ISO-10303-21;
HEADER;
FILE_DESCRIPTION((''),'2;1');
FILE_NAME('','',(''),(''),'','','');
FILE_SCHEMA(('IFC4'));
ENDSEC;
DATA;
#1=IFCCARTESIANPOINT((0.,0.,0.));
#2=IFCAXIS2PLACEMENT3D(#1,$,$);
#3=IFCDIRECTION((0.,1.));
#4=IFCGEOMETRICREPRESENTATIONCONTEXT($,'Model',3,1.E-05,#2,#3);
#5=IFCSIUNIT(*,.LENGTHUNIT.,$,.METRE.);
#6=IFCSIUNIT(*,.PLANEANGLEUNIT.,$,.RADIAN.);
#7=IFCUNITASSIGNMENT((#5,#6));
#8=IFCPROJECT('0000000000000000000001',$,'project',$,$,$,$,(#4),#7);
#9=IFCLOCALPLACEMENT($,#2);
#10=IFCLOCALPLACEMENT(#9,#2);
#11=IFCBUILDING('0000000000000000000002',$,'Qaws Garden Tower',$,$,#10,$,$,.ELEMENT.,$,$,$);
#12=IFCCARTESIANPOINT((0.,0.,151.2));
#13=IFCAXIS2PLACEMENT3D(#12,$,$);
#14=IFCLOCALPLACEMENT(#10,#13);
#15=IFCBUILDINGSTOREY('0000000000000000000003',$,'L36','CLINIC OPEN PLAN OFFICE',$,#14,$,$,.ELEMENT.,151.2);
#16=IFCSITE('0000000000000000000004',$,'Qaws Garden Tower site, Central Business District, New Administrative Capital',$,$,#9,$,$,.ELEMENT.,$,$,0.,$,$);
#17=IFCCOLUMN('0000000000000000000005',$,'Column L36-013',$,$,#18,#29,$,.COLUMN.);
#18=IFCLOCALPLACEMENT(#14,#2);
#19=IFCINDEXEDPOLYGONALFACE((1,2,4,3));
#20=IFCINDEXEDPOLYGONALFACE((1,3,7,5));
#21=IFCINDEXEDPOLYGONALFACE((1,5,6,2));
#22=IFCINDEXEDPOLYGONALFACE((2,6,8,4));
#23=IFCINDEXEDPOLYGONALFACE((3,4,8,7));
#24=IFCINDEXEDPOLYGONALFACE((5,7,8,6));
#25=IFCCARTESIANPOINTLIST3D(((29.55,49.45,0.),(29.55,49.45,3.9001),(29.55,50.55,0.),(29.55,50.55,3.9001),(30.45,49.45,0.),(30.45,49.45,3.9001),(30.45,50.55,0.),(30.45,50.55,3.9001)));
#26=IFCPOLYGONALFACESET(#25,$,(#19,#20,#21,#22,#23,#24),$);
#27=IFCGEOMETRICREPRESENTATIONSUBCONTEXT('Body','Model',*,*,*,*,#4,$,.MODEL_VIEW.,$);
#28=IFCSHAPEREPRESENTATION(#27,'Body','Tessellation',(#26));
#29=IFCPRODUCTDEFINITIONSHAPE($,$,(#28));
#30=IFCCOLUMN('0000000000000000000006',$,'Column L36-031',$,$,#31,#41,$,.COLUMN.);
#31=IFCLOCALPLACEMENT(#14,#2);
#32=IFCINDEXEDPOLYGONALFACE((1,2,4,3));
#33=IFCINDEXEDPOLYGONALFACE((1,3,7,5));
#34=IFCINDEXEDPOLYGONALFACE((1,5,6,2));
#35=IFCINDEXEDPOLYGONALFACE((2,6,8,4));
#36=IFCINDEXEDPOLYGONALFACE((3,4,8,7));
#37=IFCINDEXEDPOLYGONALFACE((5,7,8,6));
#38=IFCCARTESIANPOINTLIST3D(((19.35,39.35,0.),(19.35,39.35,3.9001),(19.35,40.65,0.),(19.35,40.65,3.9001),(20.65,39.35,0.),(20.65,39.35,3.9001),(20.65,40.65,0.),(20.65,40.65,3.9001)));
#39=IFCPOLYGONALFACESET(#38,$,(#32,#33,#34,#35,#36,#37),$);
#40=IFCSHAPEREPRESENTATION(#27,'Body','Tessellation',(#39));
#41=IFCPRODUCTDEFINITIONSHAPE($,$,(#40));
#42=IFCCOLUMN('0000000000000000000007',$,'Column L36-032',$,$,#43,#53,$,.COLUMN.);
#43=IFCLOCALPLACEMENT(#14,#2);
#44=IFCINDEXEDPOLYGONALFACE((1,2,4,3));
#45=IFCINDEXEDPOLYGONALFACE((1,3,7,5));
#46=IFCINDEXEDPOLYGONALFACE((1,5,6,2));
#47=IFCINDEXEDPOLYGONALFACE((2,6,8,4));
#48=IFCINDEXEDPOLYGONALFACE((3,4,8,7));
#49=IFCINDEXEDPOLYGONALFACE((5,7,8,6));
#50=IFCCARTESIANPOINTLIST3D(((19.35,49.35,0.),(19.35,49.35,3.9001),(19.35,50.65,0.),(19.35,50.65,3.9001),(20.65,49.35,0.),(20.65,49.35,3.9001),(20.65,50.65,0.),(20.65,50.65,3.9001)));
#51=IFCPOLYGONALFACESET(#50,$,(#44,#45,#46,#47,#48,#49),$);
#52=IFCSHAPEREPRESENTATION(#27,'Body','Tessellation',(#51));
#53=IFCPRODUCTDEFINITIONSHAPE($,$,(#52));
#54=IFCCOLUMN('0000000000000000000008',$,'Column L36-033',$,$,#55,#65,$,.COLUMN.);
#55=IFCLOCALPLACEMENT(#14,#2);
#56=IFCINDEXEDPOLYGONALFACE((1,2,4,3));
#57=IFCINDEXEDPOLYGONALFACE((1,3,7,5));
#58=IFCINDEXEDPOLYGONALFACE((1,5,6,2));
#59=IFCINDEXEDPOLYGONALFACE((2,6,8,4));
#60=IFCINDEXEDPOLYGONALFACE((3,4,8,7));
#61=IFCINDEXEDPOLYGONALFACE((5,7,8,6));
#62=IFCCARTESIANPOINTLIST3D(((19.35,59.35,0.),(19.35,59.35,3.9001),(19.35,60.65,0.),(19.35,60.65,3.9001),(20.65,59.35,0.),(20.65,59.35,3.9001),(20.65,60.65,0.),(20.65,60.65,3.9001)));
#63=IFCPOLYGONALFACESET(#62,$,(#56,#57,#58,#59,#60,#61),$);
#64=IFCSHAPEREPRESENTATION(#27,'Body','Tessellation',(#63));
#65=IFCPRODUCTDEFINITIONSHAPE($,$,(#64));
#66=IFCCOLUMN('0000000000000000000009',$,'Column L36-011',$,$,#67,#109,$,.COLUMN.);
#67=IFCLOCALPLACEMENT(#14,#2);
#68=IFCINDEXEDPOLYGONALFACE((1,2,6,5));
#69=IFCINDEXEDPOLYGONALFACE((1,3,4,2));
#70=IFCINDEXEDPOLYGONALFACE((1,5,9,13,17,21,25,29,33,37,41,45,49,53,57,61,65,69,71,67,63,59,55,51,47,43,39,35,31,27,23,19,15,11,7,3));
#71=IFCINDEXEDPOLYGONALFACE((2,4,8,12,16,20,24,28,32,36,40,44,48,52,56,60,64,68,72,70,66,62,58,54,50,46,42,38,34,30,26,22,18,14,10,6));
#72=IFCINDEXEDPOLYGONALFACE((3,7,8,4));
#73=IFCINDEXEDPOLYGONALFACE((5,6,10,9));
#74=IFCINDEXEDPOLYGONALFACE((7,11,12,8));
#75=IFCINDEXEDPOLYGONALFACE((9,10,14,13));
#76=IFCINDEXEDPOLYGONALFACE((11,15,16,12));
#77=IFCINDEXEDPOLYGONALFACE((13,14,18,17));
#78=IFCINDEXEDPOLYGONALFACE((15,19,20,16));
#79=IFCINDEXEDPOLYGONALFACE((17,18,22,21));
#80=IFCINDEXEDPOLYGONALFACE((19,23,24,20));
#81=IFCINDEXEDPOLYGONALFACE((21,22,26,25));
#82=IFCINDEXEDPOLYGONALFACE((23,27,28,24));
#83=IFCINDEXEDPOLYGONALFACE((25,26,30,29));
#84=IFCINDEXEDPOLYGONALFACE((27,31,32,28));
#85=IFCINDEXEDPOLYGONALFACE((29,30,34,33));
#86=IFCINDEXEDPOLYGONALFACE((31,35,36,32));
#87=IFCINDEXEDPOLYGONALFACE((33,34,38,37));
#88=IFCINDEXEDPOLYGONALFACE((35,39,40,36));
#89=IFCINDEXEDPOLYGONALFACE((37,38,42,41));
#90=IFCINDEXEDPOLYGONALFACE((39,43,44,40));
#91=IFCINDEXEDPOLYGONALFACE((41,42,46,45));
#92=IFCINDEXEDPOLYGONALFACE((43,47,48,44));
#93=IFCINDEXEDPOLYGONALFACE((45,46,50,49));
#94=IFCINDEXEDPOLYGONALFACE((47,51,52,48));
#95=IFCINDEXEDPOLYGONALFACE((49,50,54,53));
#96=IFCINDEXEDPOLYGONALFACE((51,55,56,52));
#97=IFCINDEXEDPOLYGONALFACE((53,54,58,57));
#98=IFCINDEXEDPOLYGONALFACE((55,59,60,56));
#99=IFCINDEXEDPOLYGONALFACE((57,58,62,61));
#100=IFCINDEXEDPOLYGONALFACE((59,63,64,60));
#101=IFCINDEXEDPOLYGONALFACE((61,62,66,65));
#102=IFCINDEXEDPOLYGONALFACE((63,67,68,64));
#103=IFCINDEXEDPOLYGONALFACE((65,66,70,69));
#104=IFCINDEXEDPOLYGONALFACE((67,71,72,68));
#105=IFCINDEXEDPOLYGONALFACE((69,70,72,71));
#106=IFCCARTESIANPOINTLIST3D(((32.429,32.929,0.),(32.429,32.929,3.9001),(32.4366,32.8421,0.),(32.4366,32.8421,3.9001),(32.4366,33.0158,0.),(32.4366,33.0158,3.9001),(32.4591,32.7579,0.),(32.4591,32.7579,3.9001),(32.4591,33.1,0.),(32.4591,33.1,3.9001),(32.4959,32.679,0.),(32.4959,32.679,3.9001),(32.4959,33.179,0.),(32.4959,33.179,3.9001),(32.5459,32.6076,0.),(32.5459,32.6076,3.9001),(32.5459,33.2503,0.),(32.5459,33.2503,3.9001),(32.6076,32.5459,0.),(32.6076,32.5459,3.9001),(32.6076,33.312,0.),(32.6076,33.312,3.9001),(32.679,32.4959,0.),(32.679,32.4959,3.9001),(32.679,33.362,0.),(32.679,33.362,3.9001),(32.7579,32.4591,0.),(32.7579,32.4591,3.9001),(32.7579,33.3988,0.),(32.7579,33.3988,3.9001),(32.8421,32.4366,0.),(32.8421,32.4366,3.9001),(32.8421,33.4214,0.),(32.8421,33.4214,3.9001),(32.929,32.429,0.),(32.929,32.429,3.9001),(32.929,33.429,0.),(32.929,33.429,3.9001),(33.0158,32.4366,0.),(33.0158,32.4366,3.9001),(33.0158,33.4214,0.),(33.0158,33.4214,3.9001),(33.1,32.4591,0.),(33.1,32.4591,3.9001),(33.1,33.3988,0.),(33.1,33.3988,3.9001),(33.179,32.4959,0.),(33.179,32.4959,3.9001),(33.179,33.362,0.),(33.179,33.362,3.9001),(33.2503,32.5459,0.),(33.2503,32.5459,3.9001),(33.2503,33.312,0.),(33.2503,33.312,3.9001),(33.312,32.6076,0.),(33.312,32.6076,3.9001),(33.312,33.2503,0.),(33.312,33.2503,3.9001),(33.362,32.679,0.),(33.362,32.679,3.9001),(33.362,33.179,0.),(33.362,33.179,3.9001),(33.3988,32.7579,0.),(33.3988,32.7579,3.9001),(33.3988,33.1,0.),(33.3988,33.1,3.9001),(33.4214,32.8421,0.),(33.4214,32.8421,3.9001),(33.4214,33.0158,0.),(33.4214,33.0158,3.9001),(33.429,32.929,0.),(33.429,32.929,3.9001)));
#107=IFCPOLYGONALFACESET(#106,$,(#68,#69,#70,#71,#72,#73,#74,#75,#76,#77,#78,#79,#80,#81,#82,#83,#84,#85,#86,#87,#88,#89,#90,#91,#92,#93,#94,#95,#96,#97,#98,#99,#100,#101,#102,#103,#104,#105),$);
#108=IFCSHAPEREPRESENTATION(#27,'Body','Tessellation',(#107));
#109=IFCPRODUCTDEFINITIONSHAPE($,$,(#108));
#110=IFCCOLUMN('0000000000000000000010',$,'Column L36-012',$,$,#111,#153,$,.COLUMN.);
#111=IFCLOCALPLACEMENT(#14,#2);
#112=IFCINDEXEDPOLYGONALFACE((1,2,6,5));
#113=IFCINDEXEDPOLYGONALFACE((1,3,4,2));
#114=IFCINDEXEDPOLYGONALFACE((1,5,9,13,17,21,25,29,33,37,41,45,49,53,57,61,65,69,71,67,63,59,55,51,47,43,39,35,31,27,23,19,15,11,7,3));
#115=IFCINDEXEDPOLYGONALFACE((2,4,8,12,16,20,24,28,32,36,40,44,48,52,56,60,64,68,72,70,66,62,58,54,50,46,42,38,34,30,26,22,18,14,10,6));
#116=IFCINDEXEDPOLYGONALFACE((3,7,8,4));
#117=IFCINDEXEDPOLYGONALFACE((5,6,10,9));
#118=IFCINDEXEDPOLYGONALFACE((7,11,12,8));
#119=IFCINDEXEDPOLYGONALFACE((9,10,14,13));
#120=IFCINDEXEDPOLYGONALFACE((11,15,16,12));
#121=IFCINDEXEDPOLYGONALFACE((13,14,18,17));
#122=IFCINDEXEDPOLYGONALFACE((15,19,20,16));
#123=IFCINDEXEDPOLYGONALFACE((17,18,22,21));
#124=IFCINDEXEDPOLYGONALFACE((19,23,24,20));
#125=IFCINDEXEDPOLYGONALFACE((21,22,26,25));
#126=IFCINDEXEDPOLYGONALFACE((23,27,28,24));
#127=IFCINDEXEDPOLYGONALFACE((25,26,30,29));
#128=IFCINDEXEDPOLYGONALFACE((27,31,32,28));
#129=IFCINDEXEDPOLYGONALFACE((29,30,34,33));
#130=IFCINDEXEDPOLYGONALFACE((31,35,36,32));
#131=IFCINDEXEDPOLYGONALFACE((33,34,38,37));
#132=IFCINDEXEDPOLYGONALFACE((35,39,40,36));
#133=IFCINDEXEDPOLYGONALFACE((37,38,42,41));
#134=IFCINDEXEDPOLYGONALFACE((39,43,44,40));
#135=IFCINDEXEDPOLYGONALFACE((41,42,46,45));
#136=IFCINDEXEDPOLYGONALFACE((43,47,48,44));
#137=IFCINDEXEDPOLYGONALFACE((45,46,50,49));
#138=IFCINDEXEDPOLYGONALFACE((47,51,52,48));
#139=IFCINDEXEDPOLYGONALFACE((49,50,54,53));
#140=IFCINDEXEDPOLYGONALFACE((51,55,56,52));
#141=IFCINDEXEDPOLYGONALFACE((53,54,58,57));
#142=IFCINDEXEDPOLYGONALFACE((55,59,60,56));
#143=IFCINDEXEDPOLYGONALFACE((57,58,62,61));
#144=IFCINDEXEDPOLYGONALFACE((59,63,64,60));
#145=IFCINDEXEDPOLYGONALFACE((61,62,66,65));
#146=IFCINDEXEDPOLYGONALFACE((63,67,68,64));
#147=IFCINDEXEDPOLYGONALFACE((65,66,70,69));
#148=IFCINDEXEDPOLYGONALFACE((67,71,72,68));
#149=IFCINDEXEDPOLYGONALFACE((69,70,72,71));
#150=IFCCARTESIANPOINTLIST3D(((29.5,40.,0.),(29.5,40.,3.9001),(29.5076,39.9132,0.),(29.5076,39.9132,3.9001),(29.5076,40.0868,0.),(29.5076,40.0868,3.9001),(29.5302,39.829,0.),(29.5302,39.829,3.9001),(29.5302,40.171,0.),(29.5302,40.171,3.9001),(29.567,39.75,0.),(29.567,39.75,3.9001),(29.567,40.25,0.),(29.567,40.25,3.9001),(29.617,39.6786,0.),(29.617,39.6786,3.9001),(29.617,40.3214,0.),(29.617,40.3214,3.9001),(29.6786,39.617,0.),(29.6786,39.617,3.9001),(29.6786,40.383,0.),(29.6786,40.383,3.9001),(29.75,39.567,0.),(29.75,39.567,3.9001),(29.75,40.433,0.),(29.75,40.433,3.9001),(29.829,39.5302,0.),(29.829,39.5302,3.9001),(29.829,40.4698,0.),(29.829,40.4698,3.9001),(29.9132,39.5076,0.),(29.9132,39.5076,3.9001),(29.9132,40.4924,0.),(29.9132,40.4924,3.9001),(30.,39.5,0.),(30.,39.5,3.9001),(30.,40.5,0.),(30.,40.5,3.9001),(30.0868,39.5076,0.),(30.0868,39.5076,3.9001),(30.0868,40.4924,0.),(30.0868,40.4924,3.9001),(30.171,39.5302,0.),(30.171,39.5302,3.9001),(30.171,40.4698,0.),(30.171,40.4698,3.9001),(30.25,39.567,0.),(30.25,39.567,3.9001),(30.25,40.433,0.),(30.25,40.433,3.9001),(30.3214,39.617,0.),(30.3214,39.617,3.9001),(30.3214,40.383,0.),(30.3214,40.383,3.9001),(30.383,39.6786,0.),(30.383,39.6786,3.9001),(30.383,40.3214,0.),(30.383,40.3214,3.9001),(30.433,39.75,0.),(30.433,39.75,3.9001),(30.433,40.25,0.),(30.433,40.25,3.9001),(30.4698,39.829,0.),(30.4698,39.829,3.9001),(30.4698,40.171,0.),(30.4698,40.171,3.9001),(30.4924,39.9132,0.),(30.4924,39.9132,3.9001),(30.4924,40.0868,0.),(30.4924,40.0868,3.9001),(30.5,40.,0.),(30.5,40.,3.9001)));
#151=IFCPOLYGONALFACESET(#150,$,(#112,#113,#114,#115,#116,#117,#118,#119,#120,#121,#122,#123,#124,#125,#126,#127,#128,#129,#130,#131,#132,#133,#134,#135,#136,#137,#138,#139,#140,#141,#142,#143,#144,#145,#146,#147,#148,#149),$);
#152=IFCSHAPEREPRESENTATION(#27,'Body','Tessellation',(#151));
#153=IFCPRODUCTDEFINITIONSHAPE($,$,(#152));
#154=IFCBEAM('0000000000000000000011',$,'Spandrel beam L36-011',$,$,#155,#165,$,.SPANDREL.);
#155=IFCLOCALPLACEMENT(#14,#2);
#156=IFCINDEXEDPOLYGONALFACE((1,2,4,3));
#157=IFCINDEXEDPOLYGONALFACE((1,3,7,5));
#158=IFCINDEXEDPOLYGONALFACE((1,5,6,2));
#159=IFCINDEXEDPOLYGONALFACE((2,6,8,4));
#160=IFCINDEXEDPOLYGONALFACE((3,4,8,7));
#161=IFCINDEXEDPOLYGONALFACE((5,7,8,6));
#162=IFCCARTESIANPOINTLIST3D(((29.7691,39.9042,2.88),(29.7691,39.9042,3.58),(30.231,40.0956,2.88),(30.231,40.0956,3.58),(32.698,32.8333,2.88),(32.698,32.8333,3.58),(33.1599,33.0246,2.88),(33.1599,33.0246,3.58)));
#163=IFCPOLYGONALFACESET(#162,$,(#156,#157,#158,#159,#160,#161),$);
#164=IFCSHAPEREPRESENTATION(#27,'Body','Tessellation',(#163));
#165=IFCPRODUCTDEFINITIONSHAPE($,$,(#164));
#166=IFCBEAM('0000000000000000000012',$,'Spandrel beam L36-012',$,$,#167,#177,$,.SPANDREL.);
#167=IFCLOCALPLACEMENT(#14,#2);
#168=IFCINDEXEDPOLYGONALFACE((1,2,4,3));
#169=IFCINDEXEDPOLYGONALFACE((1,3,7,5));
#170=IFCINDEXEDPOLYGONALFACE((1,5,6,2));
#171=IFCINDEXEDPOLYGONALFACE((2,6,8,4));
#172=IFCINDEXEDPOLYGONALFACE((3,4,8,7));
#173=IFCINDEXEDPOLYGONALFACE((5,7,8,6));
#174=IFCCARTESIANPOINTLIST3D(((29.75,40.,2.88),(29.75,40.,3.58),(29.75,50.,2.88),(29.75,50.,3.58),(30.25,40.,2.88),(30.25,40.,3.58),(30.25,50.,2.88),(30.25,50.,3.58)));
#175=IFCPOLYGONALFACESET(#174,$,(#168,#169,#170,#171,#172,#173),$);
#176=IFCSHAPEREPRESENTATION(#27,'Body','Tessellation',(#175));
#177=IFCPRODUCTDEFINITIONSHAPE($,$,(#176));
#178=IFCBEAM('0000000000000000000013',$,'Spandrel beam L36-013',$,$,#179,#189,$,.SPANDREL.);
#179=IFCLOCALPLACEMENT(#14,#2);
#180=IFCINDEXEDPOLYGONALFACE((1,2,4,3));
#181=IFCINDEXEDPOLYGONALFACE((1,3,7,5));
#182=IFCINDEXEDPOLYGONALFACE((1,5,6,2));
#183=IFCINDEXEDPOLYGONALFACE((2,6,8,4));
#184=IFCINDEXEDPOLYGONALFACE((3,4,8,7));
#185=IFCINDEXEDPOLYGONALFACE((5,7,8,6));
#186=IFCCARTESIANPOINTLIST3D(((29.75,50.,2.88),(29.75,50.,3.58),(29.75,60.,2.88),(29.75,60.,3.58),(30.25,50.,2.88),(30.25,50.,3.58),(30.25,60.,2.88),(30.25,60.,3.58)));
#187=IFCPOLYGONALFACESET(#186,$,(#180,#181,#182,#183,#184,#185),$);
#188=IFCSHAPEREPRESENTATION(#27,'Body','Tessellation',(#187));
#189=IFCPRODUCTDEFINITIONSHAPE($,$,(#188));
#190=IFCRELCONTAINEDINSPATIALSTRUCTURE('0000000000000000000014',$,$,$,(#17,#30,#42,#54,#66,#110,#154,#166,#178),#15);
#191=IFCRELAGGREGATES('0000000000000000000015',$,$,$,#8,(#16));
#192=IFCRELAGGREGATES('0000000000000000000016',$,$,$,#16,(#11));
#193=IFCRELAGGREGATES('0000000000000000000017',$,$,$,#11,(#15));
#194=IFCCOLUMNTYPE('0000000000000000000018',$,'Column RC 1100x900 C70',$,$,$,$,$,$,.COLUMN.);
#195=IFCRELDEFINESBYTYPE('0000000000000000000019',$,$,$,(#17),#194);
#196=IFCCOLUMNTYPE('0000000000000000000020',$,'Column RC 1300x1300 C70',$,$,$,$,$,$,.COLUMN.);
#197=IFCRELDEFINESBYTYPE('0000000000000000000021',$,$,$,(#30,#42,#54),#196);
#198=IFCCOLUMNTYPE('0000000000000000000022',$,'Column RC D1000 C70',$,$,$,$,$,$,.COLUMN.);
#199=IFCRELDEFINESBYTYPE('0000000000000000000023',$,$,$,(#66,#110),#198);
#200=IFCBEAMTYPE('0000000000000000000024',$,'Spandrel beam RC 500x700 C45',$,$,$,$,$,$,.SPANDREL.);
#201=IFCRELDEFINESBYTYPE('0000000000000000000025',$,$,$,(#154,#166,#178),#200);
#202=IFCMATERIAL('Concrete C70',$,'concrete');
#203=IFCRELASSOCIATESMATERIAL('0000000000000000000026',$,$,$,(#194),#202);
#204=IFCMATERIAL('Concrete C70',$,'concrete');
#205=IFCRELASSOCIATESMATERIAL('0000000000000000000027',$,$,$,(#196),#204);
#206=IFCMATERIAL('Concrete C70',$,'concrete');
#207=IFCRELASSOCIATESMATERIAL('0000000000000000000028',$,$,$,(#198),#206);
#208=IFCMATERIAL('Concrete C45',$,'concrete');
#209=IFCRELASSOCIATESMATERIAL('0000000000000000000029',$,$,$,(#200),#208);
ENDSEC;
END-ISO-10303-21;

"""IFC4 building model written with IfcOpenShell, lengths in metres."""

from ifc_helpers import new_model, si_unit, direction, frame, origin, origin_2d, place, context, subcontext, project, spatial, rectangle, circle, extrude, material, material_profile, profile_set, type_object, element, save


model = new_model("IFC4")

# Units and contexts
model_context = context("Model", 3, precision=1e-05, world=origin(), true_north=direction((0.0, 1.0)))
body_context = subcontext(model_context, "Body", "Model", "MODEL_VIEW")
ifc_project = project(units=[si_unit("LENGTHUNIT", "METRE"), si_unit("PLANEANGLEUNIT", "RADIAN")], contexts=[model_context])

# Site, building, storey
site_placement = place(None, origin())
site = spatial("IfcSite", under=ifc_project, at=site_placement, Name="Qaws Garden Tower site, Central Business District, New Administrative Capital", CompositionType="ELEMENT", RefElevation=0.0)
building_placement = place(site_placement, origin())
building = spatial("IfcBuilding", under=site, at=building_placement, Name="Qaws Garden Tower", CompositionType="ELEMENT")
storey_placement = place(building_placement, frame((0.0, 0.0, 151.2)))
storey = spatial("IfcBuildingStorey", under=building, at=storey_placement, Name="L36", Description="CLINIC OPEN PLAN OFFICE", CompositionType="ELEMENT", Elevation=151.2)

# Columns
ifc_material_1 = material(Name="Concrete C70", Category="concrete")
ifc_material_profile_1 = material_profile(ifc_material_1, rectangle(XDim=1.1001, YDim=0.8999, at=origin_2d()), Name="RC 1100x900")
ifc_profile_set_1 = profile_set([ifc_material_profile_1], Name="Concrete C70")
column_type_1 = type_object("IfcColumnType", Name="Column RC 1100x900 C70", PredefinedType="COLUMN", material=ifc_profile_set_1)
column_placement = place(storey_placement, frame((30.0, 50.0, 0.0), z_axis=(0.0, 0.0, 1.0), x_axis=(0.0, 1.0, 0.0)))
element("IfcColumn", 1, at=column_placement, inside=storey, type_object=column_type_1, Name="Column L36-013", PredefinedType="COLUMN", context=body_context, shape_type="SweptSolid", body=[
    extrude(rectangle(XDim=1.1001, YDim=0.8999, at=origin_2d()), origin(), (0.0, 0.0, 1.0), 3.9001),
])
ifc_material_2 = material(Name="Concrete C70", Category="concrete")
ifc_material_profile_2 = material_profile(ifc_material_2, rectangle(XDim=1.3, YDim=1.3, at=origin_2d()), Name="RC 1300x1300")
ifc_profile_set_2 = profile_set([ifc_material_profile_2], Name="Concrete C70")
column_type_2 = type_object("IfcColumnType", Name="Column RC 1300x1300 C70", PredefinedType="COLUMN", material=ifc_profile_set_2)
for number, where, z_axis, x_axis, name in (
    (2, (20.0, 40.0, 0.0), (0.0, 0.0, 1.0), (1.0, 0.0, 0.0), "Column L36-031"),
    (3, (20.0, 50.0, 0.0), (0.0, 0.0, 1.0), (1.0, 0.0, 0.0), "Column L36-032"),
    (4, (20.0, 60.0, 0.0), (0.0, 0.0, 1.0), (1.0, 0.0, 0.0), "Column L36-033"),
):
    element("IfcColumn", number, at=place(storey_placement, frame(where, z_axis=z_axis, x_axis=x_axis)), inside=storey, type_object=column_type_2, Name=name, PredefinedType="COLUMN", context=body_context, shape_type="SweptSolid", body=[
        extrude(rectangle(XDim=1.3, YDim=1.3, at=origin_2d()), origin(), (0.0, 0.0, 1.0), 3.9001),
    ])
ifc_material_3 = material(Name="Concrete C70", Category="concrete")
ifc_material_profile_3 = material_profile(ifc_material_3, circle(Radius=0.5, at=origin_2d()), Name="RC D1000")
ifc_profile_set_3 = profile_set([ifc_material_profile_3], Name="Concrete C70")
column_type_3 = type_object("IfcColumnType", Name="Column RC D1000 C70", PredefinedType="COLUMN", material=ifc_profile_set_3)
for number, where, z_axis, x_axis, name in (
    (5, (32.929, 32.929, 0.0), (0.0, 0.0, 1.0), (1.0, 0.0, 0.0), "Column L36-011"),
    (6, (30.0, 40.0, 0.0), (0.0, 0.0, 1.0), (1.0, 0.0, 0.0), "Column L36-012"),
):
    element("IfcColumn", number, at=place(storey_placement, frame(where, z_axis=z_axis, x_axis=x_axis)), inside=storey, type_object=column_type_3, Name=name, PredefinedType="COLUMN", context=body_context, shape_type="SweptSolid", body=[
        extrude(circle(Radius=0.5, at=origin_2d()), origin(), (0.0, 0.0, 1.0), 3.9001),
    ])

# Beams
ifc_material_4 = material(Name="Concrete C45", Category="concrete")
ifc_material_profile_4 = material_profile(ifc_material_4, rectangle(XDim=0.5, YDim=0.7, at=origin_2d()), Name="RC 500x700")
ifc_profile_set_4 = profile_set([ifc_material_profile_4], Name="Concrete C45")
beam_type = type_object("IfcBeamType", Name="Spandrel beam RC 500x700 C45", PredefinedType="SPANDREL", material=ifc_profile_set_4)
beam_placement = place(storey_placement, frame((32.929, 32.929, 3.23), z_axis=(-0.382687, 0.923878, 0.0), x_axis=(-0.923878, -0.382687, 0.0)))
element("IfcBeam", 7, at=beam_placement, inside=storey, type_object=beam_type, Name="Spandrel beam L36-011", PredefinedType="SPANDREL", context=body_context, shape_type="SweptSolid", body=[
    extrude(rectangle(XDim=0.5, YDim=0.7, at=origin_2d()), origin(), (0.0, 0.0, 1.0), 7.6536),
])
for number, where, z_axis, x_axis, name in (
    (8, (30.0, 40.0, 3.23), (0.0, 1.0, 0.0), (-1.0, 0.0, 0.0), "Spandrel beam L36-012"),
    (9, (30.0, 50.0, 3.23), (0.0, 1.0, 0.0), (-1.0, 0.0, 0.0), "Spandrel beam L36-013"),
):
    element("IfcBeam", number, at=place(storey_placement, frame(where, z_axis=z_axis, x_axis=x_axis)), inside=storey, type_object=beam_type, Name=name, PredefinedType="SPANDREL", context=body_context, shape_type="SweptSolid", body=[
        extrude(rectangle(XDim=0.5, YDim=0.7, at=origin_2d()), origin(), (0.0, 0.0, 1.0), 10.0),
    ])

save(model, "model.ifc")
